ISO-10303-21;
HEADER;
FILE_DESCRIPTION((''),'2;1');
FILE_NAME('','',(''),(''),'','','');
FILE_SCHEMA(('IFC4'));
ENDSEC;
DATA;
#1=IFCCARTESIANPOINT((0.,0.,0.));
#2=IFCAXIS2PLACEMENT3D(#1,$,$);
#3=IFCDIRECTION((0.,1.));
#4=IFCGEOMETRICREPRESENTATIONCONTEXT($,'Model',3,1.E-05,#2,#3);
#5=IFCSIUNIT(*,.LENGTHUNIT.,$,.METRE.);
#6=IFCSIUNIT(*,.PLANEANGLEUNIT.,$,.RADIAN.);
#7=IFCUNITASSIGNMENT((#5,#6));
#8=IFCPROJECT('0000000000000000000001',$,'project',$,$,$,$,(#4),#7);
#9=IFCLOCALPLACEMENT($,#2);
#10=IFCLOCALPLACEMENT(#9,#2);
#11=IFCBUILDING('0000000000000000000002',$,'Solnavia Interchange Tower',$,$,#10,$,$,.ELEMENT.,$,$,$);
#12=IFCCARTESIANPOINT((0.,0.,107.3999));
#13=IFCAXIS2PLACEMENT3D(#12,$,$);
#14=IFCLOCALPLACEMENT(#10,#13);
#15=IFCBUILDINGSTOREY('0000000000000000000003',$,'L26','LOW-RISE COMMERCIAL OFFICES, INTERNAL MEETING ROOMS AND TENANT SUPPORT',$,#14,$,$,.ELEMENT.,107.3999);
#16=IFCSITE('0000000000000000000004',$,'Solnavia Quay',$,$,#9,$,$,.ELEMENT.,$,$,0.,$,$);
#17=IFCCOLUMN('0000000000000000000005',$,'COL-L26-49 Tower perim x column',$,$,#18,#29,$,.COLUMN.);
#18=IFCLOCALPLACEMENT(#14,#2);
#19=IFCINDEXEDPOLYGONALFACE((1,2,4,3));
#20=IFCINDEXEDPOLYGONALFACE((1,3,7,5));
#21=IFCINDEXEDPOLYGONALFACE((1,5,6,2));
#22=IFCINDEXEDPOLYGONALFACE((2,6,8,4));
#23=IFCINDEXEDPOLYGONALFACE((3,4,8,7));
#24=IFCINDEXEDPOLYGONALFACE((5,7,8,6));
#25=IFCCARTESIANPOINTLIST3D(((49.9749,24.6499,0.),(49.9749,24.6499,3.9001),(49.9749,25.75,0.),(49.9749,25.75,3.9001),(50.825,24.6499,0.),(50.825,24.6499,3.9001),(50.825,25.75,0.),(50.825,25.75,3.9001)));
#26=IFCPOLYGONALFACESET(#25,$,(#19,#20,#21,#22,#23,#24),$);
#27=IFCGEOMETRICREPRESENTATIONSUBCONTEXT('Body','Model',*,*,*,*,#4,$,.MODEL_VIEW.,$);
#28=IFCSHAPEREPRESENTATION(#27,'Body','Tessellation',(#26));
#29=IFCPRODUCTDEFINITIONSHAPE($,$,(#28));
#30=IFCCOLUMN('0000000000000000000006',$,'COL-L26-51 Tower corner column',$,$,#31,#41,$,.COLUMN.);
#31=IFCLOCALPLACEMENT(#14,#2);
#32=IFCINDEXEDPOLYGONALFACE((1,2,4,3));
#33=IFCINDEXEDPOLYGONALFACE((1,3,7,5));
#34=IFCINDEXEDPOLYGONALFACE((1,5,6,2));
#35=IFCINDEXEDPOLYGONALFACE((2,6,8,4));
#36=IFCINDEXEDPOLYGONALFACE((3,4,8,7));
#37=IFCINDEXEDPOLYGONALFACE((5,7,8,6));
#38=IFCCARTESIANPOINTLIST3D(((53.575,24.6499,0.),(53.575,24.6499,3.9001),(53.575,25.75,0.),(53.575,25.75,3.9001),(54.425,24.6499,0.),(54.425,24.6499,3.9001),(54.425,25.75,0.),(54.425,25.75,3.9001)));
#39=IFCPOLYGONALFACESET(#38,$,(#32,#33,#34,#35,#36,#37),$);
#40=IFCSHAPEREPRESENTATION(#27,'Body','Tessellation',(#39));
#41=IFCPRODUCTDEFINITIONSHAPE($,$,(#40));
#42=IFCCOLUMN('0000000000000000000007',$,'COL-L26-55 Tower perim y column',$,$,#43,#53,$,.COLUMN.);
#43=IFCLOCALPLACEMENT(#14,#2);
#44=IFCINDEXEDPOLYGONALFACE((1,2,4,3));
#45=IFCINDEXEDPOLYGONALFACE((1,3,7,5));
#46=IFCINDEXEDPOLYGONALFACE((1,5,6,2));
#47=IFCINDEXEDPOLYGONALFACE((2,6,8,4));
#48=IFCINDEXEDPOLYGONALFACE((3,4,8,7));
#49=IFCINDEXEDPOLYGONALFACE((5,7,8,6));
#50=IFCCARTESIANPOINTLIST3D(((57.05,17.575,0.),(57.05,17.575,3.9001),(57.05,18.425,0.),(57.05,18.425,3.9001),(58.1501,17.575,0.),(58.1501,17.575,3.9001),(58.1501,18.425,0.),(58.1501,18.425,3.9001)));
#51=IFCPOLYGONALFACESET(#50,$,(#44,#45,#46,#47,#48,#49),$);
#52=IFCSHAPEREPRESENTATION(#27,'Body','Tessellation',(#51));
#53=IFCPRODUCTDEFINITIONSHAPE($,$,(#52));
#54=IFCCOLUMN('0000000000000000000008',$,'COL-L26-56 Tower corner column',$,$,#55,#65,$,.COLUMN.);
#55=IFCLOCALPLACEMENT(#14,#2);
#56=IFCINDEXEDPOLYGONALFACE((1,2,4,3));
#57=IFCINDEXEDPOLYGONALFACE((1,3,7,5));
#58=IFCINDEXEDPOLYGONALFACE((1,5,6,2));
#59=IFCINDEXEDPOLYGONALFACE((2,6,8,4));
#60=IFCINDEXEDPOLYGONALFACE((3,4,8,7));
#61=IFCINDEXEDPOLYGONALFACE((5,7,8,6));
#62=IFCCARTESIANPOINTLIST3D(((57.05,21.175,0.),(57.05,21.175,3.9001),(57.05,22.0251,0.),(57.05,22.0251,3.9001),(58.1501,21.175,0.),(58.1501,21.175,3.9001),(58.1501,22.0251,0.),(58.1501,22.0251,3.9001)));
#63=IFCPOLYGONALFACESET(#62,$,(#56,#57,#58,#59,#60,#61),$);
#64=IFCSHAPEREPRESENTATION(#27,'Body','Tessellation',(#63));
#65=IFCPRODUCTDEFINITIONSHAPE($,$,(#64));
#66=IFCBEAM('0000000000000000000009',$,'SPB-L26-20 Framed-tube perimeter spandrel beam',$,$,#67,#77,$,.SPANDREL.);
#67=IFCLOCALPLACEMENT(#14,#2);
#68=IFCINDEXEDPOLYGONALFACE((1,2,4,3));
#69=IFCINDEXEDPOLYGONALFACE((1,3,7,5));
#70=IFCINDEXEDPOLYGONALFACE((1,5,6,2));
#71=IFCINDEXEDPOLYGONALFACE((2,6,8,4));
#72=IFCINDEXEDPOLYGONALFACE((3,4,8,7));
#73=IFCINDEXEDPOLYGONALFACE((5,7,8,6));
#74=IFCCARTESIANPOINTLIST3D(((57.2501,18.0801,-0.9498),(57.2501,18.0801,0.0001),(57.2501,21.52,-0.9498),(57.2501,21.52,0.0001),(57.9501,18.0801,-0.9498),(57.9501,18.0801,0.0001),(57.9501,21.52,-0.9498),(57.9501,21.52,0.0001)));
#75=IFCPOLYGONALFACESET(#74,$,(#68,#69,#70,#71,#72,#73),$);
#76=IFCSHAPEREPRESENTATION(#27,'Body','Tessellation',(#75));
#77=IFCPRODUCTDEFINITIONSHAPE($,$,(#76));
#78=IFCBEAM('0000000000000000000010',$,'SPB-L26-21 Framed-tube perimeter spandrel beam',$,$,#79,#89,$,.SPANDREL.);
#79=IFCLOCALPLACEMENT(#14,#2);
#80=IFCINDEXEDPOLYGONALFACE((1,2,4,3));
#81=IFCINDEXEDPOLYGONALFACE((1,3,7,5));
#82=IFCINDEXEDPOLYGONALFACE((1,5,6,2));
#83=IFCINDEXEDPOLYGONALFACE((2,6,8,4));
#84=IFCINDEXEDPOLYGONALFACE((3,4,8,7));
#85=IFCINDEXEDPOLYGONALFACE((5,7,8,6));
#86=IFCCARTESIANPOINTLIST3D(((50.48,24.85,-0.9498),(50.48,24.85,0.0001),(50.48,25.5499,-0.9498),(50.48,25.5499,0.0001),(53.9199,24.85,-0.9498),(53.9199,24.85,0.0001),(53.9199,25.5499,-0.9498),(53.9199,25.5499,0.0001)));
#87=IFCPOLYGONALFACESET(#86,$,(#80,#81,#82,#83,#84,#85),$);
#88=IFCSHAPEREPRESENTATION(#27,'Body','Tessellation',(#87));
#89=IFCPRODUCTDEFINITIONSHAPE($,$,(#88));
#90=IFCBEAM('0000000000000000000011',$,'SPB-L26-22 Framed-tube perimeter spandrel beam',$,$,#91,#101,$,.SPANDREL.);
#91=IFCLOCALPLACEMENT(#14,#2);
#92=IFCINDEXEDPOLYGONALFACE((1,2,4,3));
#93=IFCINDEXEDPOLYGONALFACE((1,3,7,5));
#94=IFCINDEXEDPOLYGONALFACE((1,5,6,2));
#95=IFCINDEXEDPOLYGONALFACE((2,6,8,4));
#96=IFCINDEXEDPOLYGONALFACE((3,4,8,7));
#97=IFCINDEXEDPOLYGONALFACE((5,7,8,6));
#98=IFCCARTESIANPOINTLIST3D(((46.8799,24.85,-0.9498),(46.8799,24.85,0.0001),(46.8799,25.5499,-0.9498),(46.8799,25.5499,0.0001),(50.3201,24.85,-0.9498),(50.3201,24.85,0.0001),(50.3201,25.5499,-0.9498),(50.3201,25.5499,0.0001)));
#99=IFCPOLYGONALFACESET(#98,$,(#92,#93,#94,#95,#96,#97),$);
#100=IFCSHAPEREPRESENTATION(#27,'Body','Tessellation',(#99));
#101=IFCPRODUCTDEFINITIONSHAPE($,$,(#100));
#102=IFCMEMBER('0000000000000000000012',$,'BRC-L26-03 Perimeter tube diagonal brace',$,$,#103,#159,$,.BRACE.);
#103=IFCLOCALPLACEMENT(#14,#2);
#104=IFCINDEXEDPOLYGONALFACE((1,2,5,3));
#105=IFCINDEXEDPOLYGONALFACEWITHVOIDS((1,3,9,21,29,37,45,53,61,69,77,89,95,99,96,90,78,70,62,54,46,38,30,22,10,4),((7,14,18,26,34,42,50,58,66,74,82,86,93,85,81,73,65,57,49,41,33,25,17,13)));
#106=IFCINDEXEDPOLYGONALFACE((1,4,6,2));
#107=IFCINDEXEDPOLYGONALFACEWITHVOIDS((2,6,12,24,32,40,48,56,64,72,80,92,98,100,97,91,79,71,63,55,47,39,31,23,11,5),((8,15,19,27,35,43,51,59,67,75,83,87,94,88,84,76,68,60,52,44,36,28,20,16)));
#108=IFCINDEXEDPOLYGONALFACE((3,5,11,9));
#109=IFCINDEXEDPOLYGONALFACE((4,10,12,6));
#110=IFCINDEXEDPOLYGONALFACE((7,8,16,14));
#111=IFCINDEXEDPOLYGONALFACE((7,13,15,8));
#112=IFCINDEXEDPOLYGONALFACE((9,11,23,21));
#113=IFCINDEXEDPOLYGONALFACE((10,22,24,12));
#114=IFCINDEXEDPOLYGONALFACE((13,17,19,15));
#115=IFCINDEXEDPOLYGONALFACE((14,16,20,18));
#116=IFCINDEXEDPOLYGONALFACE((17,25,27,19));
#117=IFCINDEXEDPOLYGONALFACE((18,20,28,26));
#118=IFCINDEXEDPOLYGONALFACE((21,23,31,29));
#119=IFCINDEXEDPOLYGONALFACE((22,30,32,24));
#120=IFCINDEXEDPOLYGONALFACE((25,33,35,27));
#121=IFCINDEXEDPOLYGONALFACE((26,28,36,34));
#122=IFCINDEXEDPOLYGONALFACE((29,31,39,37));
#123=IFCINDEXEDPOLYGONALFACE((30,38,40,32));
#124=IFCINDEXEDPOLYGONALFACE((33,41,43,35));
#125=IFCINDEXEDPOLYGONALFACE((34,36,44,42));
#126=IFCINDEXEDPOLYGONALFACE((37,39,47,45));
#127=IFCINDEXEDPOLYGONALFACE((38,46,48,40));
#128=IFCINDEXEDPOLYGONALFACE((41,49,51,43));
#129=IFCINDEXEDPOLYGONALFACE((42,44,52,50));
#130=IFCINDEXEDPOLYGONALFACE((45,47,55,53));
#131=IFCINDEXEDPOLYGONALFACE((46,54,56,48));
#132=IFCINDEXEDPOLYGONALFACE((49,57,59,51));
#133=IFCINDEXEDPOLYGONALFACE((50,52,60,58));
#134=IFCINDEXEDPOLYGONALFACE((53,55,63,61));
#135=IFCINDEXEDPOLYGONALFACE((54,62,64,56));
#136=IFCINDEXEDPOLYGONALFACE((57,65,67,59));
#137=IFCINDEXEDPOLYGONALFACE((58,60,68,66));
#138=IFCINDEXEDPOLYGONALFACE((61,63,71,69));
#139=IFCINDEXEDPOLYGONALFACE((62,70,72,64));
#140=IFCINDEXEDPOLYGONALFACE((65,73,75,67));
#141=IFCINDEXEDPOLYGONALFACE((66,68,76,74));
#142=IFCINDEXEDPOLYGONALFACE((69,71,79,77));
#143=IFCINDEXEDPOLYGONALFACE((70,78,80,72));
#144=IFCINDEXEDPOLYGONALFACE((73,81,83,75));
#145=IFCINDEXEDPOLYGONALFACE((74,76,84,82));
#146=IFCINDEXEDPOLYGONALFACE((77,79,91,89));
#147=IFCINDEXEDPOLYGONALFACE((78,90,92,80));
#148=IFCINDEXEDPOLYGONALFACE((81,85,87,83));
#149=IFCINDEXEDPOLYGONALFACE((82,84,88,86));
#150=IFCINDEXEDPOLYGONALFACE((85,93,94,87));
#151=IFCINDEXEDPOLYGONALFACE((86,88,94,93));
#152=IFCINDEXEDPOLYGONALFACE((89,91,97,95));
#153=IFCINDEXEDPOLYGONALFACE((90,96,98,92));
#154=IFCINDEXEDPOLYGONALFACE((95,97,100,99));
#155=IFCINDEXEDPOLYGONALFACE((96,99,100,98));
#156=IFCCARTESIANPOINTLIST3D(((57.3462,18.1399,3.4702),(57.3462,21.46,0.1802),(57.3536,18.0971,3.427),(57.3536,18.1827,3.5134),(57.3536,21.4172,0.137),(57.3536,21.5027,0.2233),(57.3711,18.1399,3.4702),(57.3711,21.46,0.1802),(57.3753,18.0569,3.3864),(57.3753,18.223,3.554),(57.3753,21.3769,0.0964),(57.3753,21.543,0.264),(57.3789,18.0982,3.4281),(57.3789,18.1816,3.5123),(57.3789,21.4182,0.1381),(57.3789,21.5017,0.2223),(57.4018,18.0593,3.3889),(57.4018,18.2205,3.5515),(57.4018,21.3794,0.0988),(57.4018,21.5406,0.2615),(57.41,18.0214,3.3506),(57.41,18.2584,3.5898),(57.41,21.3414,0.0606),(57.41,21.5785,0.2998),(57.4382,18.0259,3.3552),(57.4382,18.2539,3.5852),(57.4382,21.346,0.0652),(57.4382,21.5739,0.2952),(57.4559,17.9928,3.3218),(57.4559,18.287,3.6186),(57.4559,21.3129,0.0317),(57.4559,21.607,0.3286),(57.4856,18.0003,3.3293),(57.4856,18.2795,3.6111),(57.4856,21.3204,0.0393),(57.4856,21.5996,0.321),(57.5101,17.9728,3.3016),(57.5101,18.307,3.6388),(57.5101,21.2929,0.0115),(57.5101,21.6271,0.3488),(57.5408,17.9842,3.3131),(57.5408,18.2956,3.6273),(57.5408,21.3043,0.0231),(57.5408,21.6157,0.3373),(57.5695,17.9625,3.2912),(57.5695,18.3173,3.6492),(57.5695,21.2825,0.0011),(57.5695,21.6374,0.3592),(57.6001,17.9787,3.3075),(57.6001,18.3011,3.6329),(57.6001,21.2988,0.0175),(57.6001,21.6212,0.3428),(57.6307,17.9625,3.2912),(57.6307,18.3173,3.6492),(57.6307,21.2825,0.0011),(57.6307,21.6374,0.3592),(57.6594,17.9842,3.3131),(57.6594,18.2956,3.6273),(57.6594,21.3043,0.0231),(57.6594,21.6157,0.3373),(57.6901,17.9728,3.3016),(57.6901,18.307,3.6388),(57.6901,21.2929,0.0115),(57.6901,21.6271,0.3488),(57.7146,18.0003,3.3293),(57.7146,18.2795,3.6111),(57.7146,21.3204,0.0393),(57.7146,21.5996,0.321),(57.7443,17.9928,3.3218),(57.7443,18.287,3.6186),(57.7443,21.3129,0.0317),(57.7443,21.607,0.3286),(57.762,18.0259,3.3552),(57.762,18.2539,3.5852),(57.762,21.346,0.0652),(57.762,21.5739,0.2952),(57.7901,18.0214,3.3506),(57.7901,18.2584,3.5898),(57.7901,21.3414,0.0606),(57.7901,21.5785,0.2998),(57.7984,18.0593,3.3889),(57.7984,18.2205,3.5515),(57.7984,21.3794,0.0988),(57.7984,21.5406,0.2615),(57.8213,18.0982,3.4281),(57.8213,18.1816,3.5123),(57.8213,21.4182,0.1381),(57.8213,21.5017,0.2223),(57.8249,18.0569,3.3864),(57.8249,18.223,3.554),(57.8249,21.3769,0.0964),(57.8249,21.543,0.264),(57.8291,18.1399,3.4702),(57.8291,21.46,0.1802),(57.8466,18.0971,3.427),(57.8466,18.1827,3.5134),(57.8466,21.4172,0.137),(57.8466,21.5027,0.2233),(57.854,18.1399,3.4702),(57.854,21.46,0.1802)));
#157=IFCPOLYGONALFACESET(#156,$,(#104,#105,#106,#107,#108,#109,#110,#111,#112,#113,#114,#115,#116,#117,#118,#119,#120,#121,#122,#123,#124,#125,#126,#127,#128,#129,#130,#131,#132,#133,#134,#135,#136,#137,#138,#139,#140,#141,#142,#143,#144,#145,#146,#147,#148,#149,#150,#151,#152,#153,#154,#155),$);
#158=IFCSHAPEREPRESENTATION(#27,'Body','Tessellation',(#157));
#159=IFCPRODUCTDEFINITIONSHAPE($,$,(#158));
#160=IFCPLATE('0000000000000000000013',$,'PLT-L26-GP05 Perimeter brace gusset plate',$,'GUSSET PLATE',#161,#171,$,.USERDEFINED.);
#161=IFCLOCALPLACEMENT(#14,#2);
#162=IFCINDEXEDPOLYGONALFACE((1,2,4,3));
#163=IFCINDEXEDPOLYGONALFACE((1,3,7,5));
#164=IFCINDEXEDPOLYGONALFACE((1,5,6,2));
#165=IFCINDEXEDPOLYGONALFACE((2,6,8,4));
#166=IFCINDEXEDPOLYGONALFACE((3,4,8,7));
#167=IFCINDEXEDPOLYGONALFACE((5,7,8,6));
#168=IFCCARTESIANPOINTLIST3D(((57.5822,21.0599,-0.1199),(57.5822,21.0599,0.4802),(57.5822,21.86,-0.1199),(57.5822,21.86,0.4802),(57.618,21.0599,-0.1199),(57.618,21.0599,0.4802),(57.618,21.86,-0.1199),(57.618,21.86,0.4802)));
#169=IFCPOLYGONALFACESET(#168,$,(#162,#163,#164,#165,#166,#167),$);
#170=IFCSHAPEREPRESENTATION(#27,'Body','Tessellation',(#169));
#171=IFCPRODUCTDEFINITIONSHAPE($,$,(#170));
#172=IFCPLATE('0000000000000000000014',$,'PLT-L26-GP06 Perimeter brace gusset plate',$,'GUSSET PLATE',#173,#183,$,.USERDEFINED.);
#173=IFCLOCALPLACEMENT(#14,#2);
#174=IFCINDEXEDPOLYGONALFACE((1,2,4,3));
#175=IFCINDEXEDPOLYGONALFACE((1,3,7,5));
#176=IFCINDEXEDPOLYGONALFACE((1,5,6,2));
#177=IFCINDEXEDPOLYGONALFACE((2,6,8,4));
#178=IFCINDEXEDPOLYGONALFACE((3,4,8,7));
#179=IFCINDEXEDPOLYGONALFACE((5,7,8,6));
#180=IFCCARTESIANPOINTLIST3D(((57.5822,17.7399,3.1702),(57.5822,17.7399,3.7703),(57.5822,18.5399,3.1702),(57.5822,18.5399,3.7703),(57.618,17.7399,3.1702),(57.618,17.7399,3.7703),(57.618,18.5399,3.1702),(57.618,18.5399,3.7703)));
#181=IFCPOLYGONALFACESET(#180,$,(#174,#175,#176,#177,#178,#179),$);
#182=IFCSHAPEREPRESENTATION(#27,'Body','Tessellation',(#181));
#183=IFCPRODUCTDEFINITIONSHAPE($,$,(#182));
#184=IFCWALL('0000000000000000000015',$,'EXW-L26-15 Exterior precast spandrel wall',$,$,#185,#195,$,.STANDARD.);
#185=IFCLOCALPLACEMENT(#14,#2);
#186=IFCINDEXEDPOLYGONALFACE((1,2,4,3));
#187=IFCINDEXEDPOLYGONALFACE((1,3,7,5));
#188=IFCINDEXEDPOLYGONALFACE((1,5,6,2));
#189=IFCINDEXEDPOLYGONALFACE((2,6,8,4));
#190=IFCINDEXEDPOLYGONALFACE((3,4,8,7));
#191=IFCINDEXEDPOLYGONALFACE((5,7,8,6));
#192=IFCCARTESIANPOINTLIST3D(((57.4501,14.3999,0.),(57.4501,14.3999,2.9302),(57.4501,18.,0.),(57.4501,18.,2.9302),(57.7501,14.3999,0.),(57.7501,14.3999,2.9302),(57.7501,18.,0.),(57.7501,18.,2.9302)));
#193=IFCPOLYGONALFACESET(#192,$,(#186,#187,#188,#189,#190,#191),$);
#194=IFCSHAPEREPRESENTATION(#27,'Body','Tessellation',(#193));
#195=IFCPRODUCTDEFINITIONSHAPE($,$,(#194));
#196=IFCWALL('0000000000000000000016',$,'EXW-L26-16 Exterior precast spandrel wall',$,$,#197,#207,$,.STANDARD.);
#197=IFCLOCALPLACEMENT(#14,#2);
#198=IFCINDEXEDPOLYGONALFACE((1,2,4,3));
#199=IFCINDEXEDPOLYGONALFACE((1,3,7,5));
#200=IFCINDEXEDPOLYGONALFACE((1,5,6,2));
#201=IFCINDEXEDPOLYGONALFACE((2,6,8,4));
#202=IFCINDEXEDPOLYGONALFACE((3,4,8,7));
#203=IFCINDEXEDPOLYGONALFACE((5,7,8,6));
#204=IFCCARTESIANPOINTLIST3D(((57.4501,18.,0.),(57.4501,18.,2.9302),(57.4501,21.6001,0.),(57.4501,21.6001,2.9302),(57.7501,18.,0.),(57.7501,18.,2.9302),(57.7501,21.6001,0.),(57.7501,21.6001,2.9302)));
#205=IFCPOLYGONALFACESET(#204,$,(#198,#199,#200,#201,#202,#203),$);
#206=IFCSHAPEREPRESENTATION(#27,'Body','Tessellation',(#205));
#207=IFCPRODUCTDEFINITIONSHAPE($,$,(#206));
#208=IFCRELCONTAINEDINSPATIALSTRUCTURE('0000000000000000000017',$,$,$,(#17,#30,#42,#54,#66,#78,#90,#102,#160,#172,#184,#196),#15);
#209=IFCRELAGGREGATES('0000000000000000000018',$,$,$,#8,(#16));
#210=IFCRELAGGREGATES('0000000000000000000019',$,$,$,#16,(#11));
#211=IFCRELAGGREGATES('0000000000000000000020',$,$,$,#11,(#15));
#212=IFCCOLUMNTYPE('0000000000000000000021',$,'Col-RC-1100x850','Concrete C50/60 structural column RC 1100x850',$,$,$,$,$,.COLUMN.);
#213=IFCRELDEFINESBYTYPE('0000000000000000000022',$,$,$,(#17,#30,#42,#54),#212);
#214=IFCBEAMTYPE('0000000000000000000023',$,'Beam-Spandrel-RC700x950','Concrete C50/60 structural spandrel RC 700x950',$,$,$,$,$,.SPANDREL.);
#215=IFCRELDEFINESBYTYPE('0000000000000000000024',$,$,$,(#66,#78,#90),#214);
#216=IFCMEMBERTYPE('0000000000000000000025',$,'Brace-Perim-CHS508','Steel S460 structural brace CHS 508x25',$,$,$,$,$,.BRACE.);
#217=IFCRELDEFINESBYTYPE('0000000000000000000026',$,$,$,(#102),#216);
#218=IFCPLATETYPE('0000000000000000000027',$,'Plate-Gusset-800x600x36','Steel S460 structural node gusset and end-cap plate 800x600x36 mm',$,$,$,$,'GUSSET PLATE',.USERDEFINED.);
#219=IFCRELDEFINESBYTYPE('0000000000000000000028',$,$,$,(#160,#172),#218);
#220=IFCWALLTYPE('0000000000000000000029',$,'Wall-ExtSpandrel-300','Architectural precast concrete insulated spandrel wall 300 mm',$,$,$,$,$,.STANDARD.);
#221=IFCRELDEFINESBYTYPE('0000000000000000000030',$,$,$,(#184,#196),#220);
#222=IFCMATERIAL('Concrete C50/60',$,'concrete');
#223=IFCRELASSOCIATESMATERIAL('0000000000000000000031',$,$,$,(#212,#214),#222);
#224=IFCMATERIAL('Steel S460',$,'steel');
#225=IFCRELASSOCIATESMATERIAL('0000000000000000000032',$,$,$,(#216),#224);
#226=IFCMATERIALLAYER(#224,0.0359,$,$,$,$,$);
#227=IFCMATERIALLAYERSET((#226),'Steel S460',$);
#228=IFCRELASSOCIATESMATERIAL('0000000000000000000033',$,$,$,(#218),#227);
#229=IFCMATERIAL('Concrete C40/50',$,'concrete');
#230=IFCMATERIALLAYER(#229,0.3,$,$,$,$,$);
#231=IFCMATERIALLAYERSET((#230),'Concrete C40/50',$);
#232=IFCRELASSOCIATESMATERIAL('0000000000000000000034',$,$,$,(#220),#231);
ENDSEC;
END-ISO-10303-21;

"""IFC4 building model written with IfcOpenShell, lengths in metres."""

from ifc_helpers import new_model, si_unit, direction, frame, frame_2d, origin, origin_2d, place, context, subcontext, project, spatial, rectangle, hollow_circle, extrude, material, layer, layer_set, material_profile, profile_set, type_object, element, save


model = new_model("IFC4")

# Units and contexts
model_context = context("Model", 3, precision=1e-05, world=origin(), true_north=direction((0.0, 1.0)))
body_context = subcontext(model_context, "Body", "Model", "MODEL_VIEW")
ifc_project = project(units=[si_unit("LENGTHUNIT", "METRE"), si_unit("PLANEANGLEUNIT", "RADIAN")], contexts=[model_context])

# Site, building, storey
site_placement = place(None, origin())
site = spatial("IfcSite", under=ifc_project, at=site_placement, Name="Solnavia Quay", CompositionType="ELEMENT", RefElevation=0.0)
building_placement = place(site_placement, origin())
building = spatial("IfcBuilding", under=site, at=building_placement, Name="Solnavia Interchange Tower", CompositionType="ELEMENT")
storey_placement = place(building_placement, frame((0.0, 0.0, 107.3999)))
storey = spatial("IfcBuildingStorey", under=building, at=storey_placement, Name="L26", Description="LOW-RISE COMMERCIAL OFFICES, INTERNAL MEETING ROOMS AND TENANT SUPPORT", CompositionType="ELEMENT", Elevation=107.3999)

# Columns
ifc_material_1 = material(Name="Concrete C50/60", Category="concrete")
ifc_material_profile_1 = material_profile(ifc_material_1, rectangle(XDim=0.8501, YDim=1.1001, at=origin_2d()), Name="RC 1100x850")
ifc_profile_set_1 = profile_set([ifc_material_profile_1], Name="Concrete C50/60")
column_type = type_object("IfcColumnType", Name="Col-RC-1100x850", Description="Concrete C50/60 structural column RC 1100x850", PredefinedType="COLUMN", material=ifc_profile_set_1)
for number, where, z_axis, x_axis, name in (
    (1, (50.3999, 25.2, 0.0), (0.0, 0.0, 1.0), (1.0, 0.0, 0.0), "COL-L26-49 Tower perim x column"),
    (2, (54.0, 25.2, 0.0), (0.0, 0.0, 1.0), (1.0, 0.0, 0.0), "COL-L26-51 Tower corner column"),
    (3, (57.6001, 18.0, 0.0), (0.0, 0.0, 1.0), (0.0, 1.0, 0.0), "COL-L26-55 Tower perim y column"),
    (4, (57.6001, 21.6001, 0.0), (0.0, 0.0, 1.0), (0.0, 1.0, 0.0), "COL-L26-56 Tower corner column"),
):
    element("IfcColumn", number, at=place(storey_placement, frame(where, z_axis=z_axis, x_axis=x_axis)), inside=storey, type_object=column_type, Name=name, PredefinedType="COLUMN", context=body_context, shape_type="SweptSolid", body=[
        extrude(rectangle(XDim=0.8501, YDim=1.1001, at=origin_2d()), origin(), (0.0, 0.0, 1.0), 3.9001),
    ])

# Beams
ifc_material_profile_2 = material_profile(ifc_material_1, rectangle(XDim=0.7, YDim=0.95, at=origin_2d()), Name="RC 700x950")
ifc_profile_set_2 = profile_set([ifc_material_profile_2], Name="Concrete C50/60")
beam_type = type_object("IfcBeamType", Name="Beam-Spandrel-RC700x950", Description="Concrete C50/60 structural spandrel RC 700x950", PredefinedType="SPANDREL", material=ifc_profile_set_2)
for number, where, z_axis, x_axis, name in (
    (5, (57.6001, 18.0801, -0.4749), (0.0, 1.0, 0.0), (-1.0, 0.0, 0.0), "SPB-L26-20 Framed-tube perimeter spandrel beam"),
    (6, (53.9199, 25.2, -0.4749), (-1.0, 0.0, 0.0), (0.0, -1.0, 0.0), "SPB-L26-21 Framed-tube perimeter spandrel beam"),
):
    element("IfcBeam", number, at=place(storey_placement, frame(where, z_axis=z_axis, x_axis=x_axis)), inside=storey, type_object=beam_type, Name=name, PredefinedType="SPANDREL", context=body_context, shape_type="SweptSolid", body=[
        extrude(rectangle(XDim=0.7, YDim=0.95, at=origin_2d()), origin(), (0.0, 0.0, 1.0), 3.4399),
    ])
beam_placement = place(storey_placement, frame((50.3201, 25.2, -0.4749), z_axis=(-1.0, 0.0, 0.0), x_axis=(0.0, -1.0, 0.0)))
element("IfcBeam", 7, at=beam_placement, inside=storey, type_object=beam_type, Name="SPB-L26-22 Framed-tube perimeter spandrel beam", PredefinedType="SPANDREL", context=body_context, shape_type="SweptSolid", body=[
    extrude(rectangle(XDim=0.7, YDim=0.95, at=origin_2d()), origin(), (0.0, 0.0, 1.0), 3.4402),
])

# Member
ifc_material_2 = material(Name="Steel S460", Category="steel")
ifc_material_profile_3 = material_profile(ifc_material_2, hollow_circle(Radius=0.2539, WallThickness=0.0249, at=origin_2d()), Name="CHS 508x25")
ifc_profile_set_3 = profile_set([ifc_material_profile_3], Name="Steel S460")
member_type = type_object("IfcMemberType", Name="Brace-Perim-CHS508", Description="Steel S460 structural brace CHS 508x25", PredefinedType="BRACE", material=ifc_profile_set_3)
member_placement = place(storey_placement, frame((57.6001, 21.46, 0.1802), z_axis=(0.0, -0.710312, 0.703887), x_axis=(1.0, 0.0, 0.0)))
element("IfcMember", 8, at=member_placement, inside=storey, type_object=member_type, Name="BRC-L26-03 Perimeter tube diagonal brace", PredefinedType="BRACE", context=body_context, shape_type="SweptSolid", body=[
    extrude(hollow_circle(Radius=0.2539, WallThickness=0.0249, at=origin_2d()), origin(), (0.0, 0.0, 1.0), 4.6741),
])

# Plates
ifc_layer_1 = layer(ifc_material_2, 0.0359)
ifc_layer_set_1 = layer_set([ifc_layer_1], Name="Steel S460")
plate_type = type_object("IfcPlateType", Name="Plate-Gusset-800x600x36", Description="Steel S460 structural node gusset and end-cap plate 800x600x36 mm", ElementType="GUSSET PLATE", PredefinedType="USERDEFINED", material=ifc_layer_set_1)
for number, where, z_axis, x_axis, name in (
    (9, (57.6001, 21.46, -0.1199), (0.0, 0.0, 1.0), (0.0, -1.0, 0.0), "PLT-L26-GP05 Perimeter brace gusset plate"),
    (10, (57.6001, 18.1399, 3.1702), (0.0, 0.0, 1.0), (0.0, -1.0, 0.0), "PLT-L26-GP06 Perimeter brace gusset plate"),
):
    element("IfcPlate", number, at=place(storey_placement, frame(where, z_axis=z_axis, x_axis=x_axis)), inside=storey, type_object=plate_type, Name=name, ObjectType="GUSSET PLATE", PredefinedType="USERDEFINED", context=body_context, shape_type="SweptSolid", body=[
        extrude(rectangle(XDim=0.8, YDim=0.0359, at=origin_2d()), origin(), (0.0, 0.0, 1.0), 0.6001),
    ])

# Walls
ifc_material_3 = material(Name="Concrete C40/50", Category="concrete")
ifc_layer_2 = layer(ifc_material_3, 0.3)
ifc_layer_set_2 = layer_set([ifc_layer_2], Name="Concrete C40/50")
wall_type = type_object("IfcWallType", Name="Wall-ExtSpandrel-300", Description="Architectural precast concrete insulated spandrel wall 300 mm", PredefinedType="STANDARD", material=ifc_layer_set_2)
for number, where, z_axis, x_axis, name in (
    (11, (57.6001, 18.0, 0.0), (0.0, 0.0, 1.0), (0.0, -1.0, 0.0), "EXW-L26-15 Exterior precast spandrel wall"),
    (12, (57.6001, 21.6001, 0.0), (0.0, 0.0, 1.0), (0.0, -1.0, 0.0), "EXW-L26-16 Exterior precast spandrel wall"),
):
    element("IfcWall", number, at=place(storey_placement, frame(where, z_axis=z_axis, x_axis=x_axis)), inside=storey, type_object=wall_type, Name=name, PredefinedType="STANDARD", context=body_context, shape_type="SweptSolid", body=[
        extrude(rectangle(XDim=3.6001, YDim=0.3, at=frame_2d((1.8, 0.0))), origin(), (0.0, 0.0, 1.0), 2.9302),
    ])

save(model, "model.ifc")
